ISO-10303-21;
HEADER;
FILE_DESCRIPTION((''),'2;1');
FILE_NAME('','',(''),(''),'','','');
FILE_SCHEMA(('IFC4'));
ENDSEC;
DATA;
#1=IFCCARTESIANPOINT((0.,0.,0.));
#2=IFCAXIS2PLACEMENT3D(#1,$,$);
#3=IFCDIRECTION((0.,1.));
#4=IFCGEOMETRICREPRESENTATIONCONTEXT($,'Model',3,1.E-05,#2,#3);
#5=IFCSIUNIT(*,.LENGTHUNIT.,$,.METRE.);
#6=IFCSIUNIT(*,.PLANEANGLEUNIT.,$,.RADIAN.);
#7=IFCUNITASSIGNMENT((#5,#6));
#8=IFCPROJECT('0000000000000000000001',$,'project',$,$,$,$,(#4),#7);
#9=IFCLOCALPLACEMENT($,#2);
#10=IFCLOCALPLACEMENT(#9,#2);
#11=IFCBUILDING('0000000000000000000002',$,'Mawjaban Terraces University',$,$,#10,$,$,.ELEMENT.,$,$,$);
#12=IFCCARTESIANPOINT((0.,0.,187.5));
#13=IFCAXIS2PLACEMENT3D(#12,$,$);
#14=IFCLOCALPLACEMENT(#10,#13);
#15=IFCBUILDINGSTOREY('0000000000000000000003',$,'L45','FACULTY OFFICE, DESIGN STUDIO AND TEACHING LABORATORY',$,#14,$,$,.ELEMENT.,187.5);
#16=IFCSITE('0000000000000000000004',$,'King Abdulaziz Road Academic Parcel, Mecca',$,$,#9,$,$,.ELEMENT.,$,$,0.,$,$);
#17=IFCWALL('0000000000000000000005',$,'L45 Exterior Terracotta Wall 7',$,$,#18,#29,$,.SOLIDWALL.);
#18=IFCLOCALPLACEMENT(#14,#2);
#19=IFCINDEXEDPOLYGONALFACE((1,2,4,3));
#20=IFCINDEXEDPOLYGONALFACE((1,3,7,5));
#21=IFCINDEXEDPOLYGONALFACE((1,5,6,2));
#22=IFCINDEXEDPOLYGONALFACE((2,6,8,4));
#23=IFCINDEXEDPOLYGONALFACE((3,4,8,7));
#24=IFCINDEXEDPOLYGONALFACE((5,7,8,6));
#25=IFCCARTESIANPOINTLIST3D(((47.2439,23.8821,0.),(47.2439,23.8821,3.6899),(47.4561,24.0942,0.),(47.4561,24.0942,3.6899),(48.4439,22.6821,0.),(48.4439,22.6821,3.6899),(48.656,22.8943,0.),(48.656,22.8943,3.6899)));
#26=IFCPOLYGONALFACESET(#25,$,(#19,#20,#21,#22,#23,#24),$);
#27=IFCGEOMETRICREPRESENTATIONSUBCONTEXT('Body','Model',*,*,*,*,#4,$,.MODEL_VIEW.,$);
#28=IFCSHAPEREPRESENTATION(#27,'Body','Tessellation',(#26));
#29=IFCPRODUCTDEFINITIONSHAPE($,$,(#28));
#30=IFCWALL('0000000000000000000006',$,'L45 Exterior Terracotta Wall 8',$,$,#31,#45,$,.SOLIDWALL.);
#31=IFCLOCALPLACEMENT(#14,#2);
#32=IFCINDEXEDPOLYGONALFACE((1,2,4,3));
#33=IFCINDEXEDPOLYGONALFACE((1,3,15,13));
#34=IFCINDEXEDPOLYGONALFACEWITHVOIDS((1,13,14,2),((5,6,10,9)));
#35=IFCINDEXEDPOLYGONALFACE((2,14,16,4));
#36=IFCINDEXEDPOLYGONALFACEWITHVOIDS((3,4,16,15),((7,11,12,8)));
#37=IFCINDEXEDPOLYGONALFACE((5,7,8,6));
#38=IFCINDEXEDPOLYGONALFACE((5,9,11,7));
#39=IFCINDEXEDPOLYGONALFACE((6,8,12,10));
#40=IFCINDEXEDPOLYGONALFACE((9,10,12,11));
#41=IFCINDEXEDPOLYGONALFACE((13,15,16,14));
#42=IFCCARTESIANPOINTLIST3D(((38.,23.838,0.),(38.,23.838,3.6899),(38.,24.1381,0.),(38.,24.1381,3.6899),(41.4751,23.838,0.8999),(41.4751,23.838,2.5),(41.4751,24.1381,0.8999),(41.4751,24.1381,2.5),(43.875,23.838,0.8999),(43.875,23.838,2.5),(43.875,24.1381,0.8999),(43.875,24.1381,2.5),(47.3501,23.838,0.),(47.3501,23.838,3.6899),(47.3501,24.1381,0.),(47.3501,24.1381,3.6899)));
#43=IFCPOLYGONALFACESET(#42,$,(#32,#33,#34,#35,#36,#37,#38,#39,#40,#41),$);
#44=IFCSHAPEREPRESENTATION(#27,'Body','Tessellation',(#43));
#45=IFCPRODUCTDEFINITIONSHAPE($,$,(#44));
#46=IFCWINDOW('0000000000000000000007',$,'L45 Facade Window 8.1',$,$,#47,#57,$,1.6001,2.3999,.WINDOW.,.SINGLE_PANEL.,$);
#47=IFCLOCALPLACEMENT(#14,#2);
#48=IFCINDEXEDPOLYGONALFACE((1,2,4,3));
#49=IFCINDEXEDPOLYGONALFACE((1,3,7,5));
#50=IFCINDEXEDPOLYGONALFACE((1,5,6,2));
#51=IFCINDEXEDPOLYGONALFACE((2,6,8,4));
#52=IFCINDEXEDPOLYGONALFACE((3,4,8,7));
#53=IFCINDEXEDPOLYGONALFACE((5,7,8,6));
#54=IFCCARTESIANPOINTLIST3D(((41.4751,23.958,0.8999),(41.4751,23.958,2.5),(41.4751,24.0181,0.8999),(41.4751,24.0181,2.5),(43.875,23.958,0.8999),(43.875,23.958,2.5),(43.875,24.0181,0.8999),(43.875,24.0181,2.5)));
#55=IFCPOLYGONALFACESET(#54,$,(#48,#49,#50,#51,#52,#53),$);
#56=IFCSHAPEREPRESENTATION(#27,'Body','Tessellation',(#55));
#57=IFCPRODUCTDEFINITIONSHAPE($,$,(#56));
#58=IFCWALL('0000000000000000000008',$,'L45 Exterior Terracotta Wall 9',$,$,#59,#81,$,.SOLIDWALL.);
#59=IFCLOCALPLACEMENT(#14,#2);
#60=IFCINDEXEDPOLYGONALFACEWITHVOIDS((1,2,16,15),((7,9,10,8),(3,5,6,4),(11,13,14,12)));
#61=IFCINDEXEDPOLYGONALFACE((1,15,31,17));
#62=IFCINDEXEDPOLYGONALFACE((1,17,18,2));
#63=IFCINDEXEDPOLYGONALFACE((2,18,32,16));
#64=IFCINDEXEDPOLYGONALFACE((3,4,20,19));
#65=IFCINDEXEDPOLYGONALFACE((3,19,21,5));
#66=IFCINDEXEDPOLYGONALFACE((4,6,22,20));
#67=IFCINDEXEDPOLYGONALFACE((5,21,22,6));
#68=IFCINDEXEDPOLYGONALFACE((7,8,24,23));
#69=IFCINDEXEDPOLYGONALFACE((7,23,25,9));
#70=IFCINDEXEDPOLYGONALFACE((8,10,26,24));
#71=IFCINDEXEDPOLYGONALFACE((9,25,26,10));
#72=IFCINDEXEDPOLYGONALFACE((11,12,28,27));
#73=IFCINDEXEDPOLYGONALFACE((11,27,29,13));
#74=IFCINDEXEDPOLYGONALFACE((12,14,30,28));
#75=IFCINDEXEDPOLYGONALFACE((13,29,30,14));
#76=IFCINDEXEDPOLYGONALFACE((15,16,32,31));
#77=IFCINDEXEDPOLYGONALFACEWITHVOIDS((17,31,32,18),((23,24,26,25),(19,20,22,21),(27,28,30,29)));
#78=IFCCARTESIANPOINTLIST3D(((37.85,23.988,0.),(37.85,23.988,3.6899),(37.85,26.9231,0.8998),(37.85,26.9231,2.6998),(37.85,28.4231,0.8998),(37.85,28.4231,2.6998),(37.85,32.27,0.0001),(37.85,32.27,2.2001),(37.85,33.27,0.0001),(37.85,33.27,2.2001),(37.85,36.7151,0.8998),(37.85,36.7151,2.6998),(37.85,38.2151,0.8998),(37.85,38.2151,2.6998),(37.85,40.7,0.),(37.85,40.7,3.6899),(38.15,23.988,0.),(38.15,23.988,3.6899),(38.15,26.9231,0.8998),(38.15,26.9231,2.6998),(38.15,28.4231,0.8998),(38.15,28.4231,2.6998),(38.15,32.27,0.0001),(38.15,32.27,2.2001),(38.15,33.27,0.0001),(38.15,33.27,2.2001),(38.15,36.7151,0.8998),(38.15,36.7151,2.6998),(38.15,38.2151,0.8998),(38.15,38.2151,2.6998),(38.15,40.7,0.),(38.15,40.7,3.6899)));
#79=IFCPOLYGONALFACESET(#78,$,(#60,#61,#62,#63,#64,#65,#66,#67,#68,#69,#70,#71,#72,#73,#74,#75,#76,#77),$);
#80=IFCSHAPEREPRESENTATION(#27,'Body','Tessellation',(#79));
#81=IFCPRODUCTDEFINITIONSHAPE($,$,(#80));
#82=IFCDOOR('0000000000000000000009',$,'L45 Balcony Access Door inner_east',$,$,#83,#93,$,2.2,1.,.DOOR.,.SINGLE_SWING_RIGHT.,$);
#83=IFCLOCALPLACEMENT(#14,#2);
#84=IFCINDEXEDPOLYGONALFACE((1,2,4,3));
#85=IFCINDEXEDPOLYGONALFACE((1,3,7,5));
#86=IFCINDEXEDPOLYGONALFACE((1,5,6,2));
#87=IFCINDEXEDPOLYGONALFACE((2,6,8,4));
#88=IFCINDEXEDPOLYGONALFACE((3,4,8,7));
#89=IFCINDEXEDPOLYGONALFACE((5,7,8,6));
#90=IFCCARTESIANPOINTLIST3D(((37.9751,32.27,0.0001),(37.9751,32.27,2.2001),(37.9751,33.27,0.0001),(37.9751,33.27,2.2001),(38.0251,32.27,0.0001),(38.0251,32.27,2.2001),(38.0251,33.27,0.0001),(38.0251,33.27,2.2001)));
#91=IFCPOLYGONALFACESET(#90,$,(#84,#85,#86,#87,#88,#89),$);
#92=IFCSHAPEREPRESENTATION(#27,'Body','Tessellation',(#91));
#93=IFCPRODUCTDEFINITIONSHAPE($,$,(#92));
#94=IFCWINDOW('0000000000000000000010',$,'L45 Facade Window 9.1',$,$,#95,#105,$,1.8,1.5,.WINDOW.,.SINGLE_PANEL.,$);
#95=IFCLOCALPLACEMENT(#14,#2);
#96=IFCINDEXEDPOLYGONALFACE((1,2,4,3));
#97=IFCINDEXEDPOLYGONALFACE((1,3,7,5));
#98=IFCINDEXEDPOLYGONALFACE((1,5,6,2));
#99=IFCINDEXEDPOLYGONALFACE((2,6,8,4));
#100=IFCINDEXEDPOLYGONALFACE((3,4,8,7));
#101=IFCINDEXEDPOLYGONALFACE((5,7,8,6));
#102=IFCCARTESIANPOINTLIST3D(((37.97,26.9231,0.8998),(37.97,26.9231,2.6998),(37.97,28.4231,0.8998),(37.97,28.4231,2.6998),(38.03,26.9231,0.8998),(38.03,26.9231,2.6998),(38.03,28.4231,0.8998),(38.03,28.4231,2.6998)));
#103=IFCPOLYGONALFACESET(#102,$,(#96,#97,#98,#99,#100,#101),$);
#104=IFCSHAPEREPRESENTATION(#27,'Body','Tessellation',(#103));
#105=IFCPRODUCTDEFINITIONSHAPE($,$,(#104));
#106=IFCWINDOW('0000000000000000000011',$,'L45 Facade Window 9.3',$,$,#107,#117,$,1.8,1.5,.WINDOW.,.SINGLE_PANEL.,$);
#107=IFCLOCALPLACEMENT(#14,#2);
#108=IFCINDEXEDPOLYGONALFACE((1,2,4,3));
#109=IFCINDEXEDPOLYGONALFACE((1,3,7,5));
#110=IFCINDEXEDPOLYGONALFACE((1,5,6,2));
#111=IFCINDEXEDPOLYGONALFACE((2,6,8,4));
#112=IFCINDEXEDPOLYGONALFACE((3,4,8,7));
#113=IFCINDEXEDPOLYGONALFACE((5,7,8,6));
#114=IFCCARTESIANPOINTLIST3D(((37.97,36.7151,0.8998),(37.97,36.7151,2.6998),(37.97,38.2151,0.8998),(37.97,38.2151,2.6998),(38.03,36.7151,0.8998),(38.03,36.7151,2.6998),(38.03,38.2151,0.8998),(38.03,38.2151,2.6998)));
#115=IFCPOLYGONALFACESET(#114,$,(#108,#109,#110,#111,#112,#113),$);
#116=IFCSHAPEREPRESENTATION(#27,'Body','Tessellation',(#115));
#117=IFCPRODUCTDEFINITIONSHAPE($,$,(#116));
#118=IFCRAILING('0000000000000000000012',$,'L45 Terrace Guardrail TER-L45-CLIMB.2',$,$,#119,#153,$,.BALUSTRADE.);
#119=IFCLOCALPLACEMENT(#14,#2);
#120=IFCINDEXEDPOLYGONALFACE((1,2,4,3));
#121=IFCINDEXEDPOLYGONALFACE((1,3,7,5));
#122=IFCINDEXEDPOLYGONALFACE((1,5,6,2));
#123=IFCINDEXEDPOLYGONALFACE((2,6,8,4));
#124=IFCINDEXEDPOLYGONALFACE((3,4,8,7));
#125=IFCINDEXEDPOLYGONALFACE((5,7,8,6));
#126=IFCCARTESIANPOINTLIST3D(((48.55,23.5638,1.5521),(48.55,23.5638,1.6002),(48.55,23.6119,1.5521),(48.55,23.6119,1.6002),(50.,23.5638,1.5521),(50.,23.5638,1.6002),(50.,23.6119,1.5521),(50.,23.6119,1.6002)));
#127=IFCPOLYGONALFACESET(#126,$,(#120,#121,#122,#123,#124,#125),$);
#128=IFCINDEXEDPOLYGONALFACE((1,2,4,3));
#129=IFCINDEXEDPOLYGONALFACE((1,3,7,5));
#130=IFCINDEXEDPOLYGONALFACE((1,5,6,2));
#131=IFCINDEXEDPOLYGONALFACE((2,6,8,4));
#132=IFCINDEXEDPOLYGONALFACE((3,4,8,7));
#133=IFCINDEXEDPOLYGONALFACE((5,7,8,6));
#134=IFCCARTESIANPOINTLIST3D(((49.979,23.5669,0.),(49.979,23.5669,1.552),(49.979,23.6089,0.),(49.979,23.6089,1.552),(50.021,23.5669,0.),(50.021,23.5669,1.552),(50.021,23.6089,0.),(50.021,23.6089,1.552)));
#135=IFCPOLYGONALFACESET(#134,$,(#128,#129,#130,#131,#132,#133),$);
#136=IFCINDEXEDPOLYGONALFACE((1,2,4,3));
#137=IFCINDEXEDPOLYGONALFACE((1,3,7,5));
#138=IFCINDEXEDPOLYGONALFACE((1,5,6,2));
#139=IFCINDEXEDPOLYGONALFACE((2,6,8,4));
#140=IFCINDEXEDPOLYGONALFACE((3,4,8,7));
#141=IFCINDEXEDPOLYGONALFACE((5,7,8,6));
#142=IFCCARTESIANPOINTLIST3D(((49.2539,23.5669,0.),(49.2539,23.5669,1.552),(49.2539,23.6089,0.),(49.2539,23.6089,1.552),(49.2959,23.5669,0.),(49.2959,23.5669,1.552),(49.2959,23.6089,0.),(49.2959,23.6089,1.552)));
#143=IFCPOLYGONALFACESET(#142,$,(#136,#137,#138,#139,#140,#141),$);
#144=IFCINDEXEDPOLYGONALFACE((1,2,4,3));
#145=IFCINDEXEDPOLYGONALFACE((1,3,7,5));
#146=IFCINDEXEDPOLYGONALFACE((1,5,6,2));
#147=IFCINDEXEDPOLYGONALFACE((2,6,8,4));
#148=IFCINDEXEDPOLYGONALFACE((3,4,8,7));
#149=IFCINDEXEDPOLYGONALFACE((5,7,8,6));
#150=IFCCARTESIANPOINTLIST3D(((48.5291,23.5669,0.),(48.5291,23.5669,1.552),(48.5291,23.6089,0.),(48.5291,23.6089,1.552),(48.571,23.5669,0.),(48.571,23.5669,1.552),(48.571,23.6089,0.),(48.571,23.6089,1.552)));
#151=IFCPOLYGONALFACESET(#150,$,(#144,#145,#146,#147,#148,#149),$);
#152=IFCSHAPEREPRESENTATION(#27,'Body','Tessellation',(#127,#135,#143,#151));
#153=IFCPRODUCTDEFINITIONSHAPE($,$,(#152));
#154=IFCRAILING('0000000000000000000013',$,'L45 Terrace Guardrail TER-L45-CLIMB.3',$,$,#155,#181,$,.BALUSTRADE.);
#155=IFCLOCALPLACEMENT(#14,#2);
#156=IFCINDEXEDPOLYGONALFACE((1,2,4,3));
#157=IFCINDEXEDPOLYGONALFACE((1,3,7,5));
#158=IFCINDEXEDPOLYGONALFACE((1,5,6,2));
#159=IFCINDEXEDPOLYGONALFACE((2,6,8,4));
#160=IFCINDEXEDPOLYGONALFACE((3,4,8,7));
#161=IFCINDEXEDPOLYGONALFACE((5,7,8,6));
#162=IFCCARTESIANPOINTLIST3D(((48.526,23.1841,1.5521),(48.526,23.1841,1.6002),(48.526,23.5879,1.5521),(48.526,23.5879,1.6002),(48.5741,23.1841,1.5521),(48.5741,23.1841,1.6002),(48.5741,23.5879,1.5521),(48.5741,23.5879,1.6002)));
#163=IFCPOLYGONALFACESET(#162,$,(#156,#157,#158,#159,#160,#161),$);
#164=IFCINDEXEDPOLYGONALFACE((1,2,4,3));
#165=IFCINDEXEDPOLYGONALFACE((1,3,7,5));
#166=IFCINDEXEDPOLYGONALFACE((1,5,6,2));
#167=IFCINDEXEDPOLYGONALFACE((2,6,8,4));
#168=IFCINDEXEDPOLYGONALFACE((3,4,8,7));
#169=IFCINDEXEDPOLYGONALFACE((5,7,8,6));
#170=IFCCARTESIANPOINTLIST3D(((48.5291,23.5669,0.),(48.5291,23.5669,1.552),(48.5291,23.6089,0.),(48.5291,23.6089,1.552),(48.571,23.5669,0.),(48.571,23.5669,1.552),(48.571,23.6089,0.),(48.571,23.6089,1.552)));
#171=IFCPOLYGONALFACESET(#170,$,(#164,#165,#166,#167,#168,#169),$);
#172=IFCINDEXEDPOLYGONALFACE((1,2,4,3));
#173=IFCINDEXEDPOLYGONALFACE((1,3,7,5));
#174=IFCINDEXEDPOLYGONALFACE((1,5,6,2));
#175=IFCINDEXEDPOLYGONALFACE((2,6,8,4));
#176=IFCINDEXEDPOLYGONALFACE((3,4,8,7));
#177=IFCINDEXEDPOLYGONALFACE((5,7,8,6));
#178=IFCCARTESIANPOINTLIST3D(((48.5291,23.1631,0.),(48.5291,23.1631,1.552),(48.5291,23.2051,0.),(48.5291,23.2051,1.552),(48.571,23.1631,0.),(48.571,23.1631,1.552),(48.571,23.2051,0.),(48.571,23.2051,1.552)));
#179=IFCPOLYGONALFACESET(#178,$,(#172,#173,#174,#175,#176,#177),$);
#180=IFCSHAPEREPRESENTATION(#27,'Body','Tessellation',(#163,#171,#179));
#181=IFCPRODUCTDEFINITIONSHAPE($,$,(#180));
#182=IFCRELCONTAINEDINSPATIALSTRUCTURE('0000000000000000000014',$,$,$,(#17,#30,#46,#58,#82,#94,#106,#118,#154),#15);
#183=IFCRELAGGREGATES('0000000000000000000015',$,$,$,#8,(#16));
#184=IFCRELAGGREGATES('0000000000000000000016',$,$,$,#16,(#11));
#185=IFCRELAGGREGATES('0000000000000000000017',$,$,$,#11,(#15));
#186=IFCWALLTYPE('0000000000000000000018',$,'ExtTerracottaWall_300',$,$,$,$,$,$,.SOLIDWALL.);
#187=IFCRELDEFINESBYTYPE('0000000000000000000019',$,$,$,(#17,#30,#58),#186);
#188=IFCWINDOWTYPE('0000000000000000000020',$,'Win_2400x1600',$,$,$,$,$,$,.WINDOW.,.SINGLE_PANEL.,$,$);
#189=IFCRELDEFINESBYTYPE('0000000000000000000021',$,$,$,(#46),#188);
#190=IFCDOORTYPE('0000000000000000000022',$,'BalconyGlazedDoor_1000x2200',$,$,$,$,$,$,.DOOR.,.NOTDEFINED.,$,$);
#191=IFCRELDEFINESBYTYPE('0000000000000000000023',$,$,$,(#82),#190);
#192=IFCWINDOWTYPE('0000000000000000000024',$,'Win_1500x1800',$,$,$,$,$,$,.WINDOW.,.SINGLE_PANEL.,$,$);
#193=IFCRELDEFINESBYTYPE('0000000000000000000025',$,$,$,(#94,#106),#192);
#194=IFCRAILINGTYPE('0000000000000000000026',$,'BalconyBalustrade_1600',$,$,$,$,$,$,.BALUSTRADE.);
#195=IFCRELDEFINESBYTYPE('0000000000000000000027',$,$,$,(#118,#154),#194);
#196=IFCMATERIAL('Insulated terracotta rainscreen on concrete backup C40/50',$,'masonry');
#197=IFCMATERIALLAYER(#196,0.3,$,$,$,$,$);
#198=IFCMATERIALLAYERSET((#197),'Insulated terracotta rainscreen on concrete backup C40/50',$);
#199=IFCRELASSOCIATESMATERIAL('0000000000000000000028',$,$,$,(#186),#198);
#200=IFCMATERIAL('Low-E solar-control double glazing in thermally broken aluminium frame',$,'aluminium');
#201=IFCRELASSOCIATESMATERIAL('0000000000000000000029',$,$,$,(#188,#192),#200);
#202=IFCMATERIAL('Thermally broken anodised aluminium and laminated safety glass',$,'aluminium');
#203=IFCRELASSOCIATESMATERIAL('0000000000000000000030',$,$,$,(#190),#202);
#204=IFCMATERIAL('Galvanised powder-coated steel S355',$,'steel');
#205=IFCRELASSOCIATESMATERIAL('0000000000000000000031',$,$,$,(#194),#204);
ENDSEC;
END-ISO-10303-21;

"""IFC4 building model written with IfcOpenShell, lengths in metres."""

from ifc_helpers import new_model, si_unit, direction, frame, frame_2d, origin, origin_2d, place, context, subcontext, project, spatial, rectangle, extrude, material, layer, layer_set, type_object, element, fill, save


model = new_model("IFC4")

# Units and contexts
model_context = context("Model", 3, precision=1e-05, world=origin(), true_north=direction((0.0, 1.0)))
body_context = subcontext(model_context, "Body", "Model", "MODEL_VIEW")
ifc_project = project(units=[si_unit("LENGTHUNIT", "METRE"), si_unit("PLANEANGLEUNIT", "RADIAN")], contexts=[model_context])

# Site, building, storey
site_placement = place(None, origin())
site = spatial("IfcSite", under=ifc_project, at=site_placement, Name="King Abdulaziz Road Academic Parcel, Mecca", CompositionType="ELEMENT", RefElevation=0.0)
building_placement = place(site_placement, origin())
building = spatial("IfcBuilding", under=site, at=building_placement, Name="Mawjaban Terraces University", CompositionType="ELEMENT")
storey_placement = place(building_placement, frame((0.0, 0.0, 187.5)))
storey = spatial("IfcBuildingStorey", under=building, at=storey_placement, Name="L45", Description="FACULTY OFFICE, DESIGN STUDIO AND TEACHING LABORATORY", CompositionType="ELEMENT", Elevation=187.5)

# Wall
ifc_material_1 = material(Name="Insulated terracotta rainscreen on concrete backup C40/50", Category="masonry")
ifc_layer_1 = layer(ifc_material_1, 0.3)
ifc_layer_set_1 = layer_set([ifc_layer_1], Name="Insulated terracotta rainscreen on concrete backup C40/50")
wall_type_1 = type_object("IfcWallType", Name="ExtTerracottaWall_300", PredefinedType="SOLIDWALL", material=ifc_layer_set_1)
wall_1_placement = place(storey_placement, frame((48.55, 22.7881, 0.0), z_axis=(0.0, 0.0, 1.0), x_axis=(-0.707107, 0.707107, 0.0)))
element("IfcWall", 1, at=wall_1_placement, inside=storey, type_object=wall_type_1, Name="L45 Exterior Terracotta Wall 7", PredefinedType="SOLIDWALL", context=body_context, shape_type="SweptSolid", body=[
    extrude(rectangle(XDim=1.697, YDim=0.3, at=frame_2d((0.8486, 0.0))), origin(), (0.0, 0.0, 1.0), 3.6899),
])

# Wall, opening, window
wall_2_placement = place(storey_placement, frame((47.3501, 23.988, 0.0), z_axis=(0.0, 0.0, 1.0), x_axis=(-1.0, 0.0, 0.0)))
wall_2 = element("IfcWall", 2, at=wall_2_placement, inside=storey, type_object=wall_type_1, Name="L45 Exterior Terracotta Wall 8", PredefinedType="SOLIDWALL", context=body_context, shape_type="SweptSolid", body=[
    extrude(rectangle(XDim=9.3501, YDim=0.3, at=frame_2d((4.675, 0.0))), origin(), (0.0, 0.0, 1.0), 3.6899),
])
opening_1_placement = place(wall_2_placement, frame((3.4751, 0.0, 0.8999)))
opening_1 = element("IfcOpeningElement", 3, at=opening_1_placement, cuts=wall_2, PredefinedType="OPENING", context=body_context, shape_type="SweptSolid", body=[
    extrude(rectangle(XDim=2.3999, YDim=1.6001, at=frame_2d((1.2, 0.8))), frame((0.0, 0.1599, 0.0), z_axis=(0.0, -1.0, 0.0), x_axis=(1.0, 0.0, 0.0)), (0.0, 0.0, 1.0), 0.3201),
])
ifc_material_2 = material(Name="Low-E solar-control double glazing in thermally broken aluminium frame", Category="aluminium")
window_type_1 = type_object("IfcWindowType", Name="Win_2400x1600", PartitioningType="SINGLE_PANEL", PredefinedType="WINDOW", material=ifc_material_2)
window_1_placement = place(opening_1_placement, origin())
window_1 = element("IfcWindow", 4, at=window_1_placement, inside=storey, type_object=window_type_1, Name="L45 Facade Window 8.1", OverallHeight=1.6001, OverallWidth=2.3999, PartitioningType="SINGLE_PANEL", PredefinedType="WINDOW", context=body_context, shape_type="SweptSolid", body=[
    extrude(rectangle(XDim=2.3999, YDim=1.6001, at=frame_2d((1.2, 0.8))), frame((0.0, 0.03, 0.0), z_axis=(0.0, -1.0, 0.0), x_axis=(1.0, 0.0, 0.0)), (0.0, 0.0, 1.0), 0.0601),
])
fill(opening_1, window_1)

# Wall, openings, door, windows
wall_3_placement = place(storey_placement, frame((38.0, 23.988, 0.0), z_axis=(0.0, 0.0, 1.0), x_axis=(0.0, 1.0, 0.0)))
wall_3 = element("IfcWall", 5, at=wall_3_placement, inside=storey, type_object=wall_type_1, Name="L45 Exterior Terracotta Wall 9", PredefinedType="SOLIDWALL", context=body_context, shape_type="SweptSolid", body=[
    extrude(rectangle(XDim=16.7119, YDim=0.3, at=frame_2d((8.356, 0.0))), origin(), (0.0, 0.0, 1.0), 3.6899),
])
opening_2_placement = place(wall_3_placement, frame((8.282, 0.0, 0.0)))
opening_2 = element("IfcOpeningElement", 6, at=opening_2_placement, cuts=wall_3, PredefinedType="OPENING", context=body_context, shape_type="SweptSolid", body=[
    extrude(rectangle(XDim=1.0, YDim=2.2, at=frame_2d((0.5, 1.1001))), frame((0.0, 0.1599, 0.0), z_axis=(0.0, -1.0, 0.0), x_axis=(1.0, 0.0, 0.0)), (0.0, 0.0, 1.0), 0.3201),
])
opening_3_placement = place(wall_3_placement, frame((2.9351, 0.0, 0.8999)))
opening_3 = element("IfcOpeningElement", 7, at=opening_3_placement, cuts=wall_3, PredefinedType="OPENING", context=body_context, shape_type="SweptSolid", body=[
    extrude(rectangle(XDim=1.5, YDim=1.8, at=frame_2d((0.75, 0.8999))), frame((0.0, 0.1599, 0.0), z_axis=(0.0, -1.0, 0.0), x_axis=(1.0, 0.0, 0.0)), (0.0, 0.0, 1.0), 0.3201),
])
opening_4_placement = place(wall_3_placement, frame((12.7271, 0.0, 0.8999)))
opening_4 = element("IfcOpeningElement", 8, at=opening_4_placement, cuts=wall_3, PredefinedType="OPENING", context=body_context, shape_type="SweptSolid", body=[
    extrude(rectangle(XDim=1.5, YDim=1.8, at=frame_2d((0.75, 0.8999))), frame((0.0, 0.1599, 0.0), z_axis=(0.0, -1.0, 0.0), x_axis=(1.0, 0.0, 0.0)), (0.0, 0.0, 1.0), 0.3201),
])
ifc_material_3 = material(Name="Thermally broken anodised aluminium and laminated safety glass", Category="aluminium")
door_type_1 = type_object("IfcDoorType", Name="BalconyGlazedDoor_1000x2200", OperationType="NOTDEFINED", PredefinedType="DOOR", material=ifc_material_3)
door_1_placement = place(opening_2_placement, origin())
door_1 = element("IfcDoor", 9, at=door_1_placement, inside=storey, type_object=door_type_1, Name="L45 Balcony Access Door inner_east", OperationType="SINGLE_SWING_RIGHT", OverallHeight=2.2, OverallWidth=1.0, PredefinedType="DOOR", context=body_context, shape_type="SweptSolid", body=[
    extrude(rectangle(XDim=1.0, YDim=2.2, at=frame_2d((0.5, 1.1001))), frame((0.0, 0.0249, 0.0), z_axis=(0.0, -1.0, 0.0), x_axis=(1.0, 0.0, 0.0)), (0.0, 0.0, 1.0), 0.05),
])
fill(opening_2, door_1)
window_type_2 = type_object("IfcWindowType", Name="Win_1500x1800", PartitioningType="SINGLE_PANEL", PredefinedType="WINDOW", material=ifc_material_2)
window_2_placement = place(opening_3_placement, origin())
window_2 = element("IfcWindow", 10, at=window_2_placement, inside=storey, type_object=window_type_2, Name="L45 Facade Window 9.1", OverallHeight=1.8, OverallWidth=1.5, PartitioningType="SINGLE_PANEL", PredefinedType="WINDOW", context=body_context, shape_type="SweptSolid", body=[
    extrude(rectangle(XDim=1.5, YDim=1.8, at=frame_2d((0.75, 0.8999))), frame((0.0, 0.03, 0.0), z_axis=(0.0, -1.0, 0.0), x_axis=(1.0, 0.0, 0.0)), (0.0, 0.0, 1.0), 0.0601),
])
fill(opening_3, window_2)
window_3_placement = place(opening_4_placement, origin())
window_3 = element("IfcWindow", 11, at=window_3_placement, inside=storey, type_object=window_type_2, Name="L45 Facade Window 9.3", OverallHeight=1.8, OverallWidth=1.5, PartitioningType="SINGLE_PANEL", PredefinedType="WINDOW", context=body_context, shape_type="SweptSolid", body=[
    extrude(rectangle(XDim=1.5, YDim=1.8, at=frame_2d((0.75, 0.8999))), frame((0.0, 0.03, 0.0), z_axis=(0.0, -1.0, 0.0), x_axis=(1.0, 0.0, 0.0)), (0.0, 0.0, 1.0), 0.0601),
])
fill(opening_4, window_3)

# Railings
ifc_material_4 = material(Name="Galvanised powder-coated steel S355", Category="steel")
railing_type = type_object("IfcRailingType", Name="BalconyBalustrade_1600", PredefinedType="BALUSTRADE", material=ifc_material_4)
railing_1_placement = place(storey_placement, frame((50.0, 23.5879, 0.0)))
element("IfcRailing", 12, at=railing_1_placement, inside=storey, type_object=railing_type, Name="L45 Terrace Guardrail TER-L45-CLIMB.2", PredefinedType="BALUSTRADE", context=body_context, shape_type="SweptSolid", body=[
    extrude(rectangle(XDim=0.0481, YDim=0.0481, at=origin_2d()), frame((0.0, 0.0, 1.5762), z_axis=(-1.0, 0.0, 0.0), x_axis=(0.0, -1.0, 0.0)), (0.0, 0.0, 1.0), 1.45),
    extrude(rectangle(XDim=0.042, YDim=0.042, at=origin_2d()), origin(), (0.0, 0.0, 1.0), 1.552),
    extrude(rectangle(XDim=0.042, YDim=0.042, at=origin_2d()), frame((-0.7251, 0.0, 0.0)), (0.0, 0.0, 1.0), 1.552),
    extrude(rectangle(XDim=0.042, YDim=0.042, at=origin_2d()), frame((-1.45, 0.0, 0.0)), (0.0, 0.0, 1.0), 1.552),
])
railing_2_placement = place(storey_placement, frame((48.55, 23.5879, 0.0)))
element("IfcRailing", 13, at=railing_2_placement, inside=storey, type_object=railing_type, Name="L45 Terrace Guardrail TER-L45-CLIMB.3", PredefinedType="BALUSTRADE", context=body_context, shape_type="SweptSolid", body=[
    extrude(rectangle(XDim=0.0481, YDim=0.0481, at=origin_2d()), frame((0.0, 0.0, 1.5762), z_axis=(0.0, -1.0, 0.0), x_axis=(1.0, 0.0, 0.0)), (0.0, 0.0, 1.0), 0.4038),
    extrude(rectangle(XDim=0.042, YDim=0.042, at=origin_2d()), origin(), (0.0, 0.0, 1.0), 1.552),
    extrude(rectangle(XDim=0.042, YDim=0.042, at=origin_2d()), frame((0.0, -0.4038, 0.0)), (0.0, 0.0, 1.0), 1.552),
])

save(model, "model.ifc")
